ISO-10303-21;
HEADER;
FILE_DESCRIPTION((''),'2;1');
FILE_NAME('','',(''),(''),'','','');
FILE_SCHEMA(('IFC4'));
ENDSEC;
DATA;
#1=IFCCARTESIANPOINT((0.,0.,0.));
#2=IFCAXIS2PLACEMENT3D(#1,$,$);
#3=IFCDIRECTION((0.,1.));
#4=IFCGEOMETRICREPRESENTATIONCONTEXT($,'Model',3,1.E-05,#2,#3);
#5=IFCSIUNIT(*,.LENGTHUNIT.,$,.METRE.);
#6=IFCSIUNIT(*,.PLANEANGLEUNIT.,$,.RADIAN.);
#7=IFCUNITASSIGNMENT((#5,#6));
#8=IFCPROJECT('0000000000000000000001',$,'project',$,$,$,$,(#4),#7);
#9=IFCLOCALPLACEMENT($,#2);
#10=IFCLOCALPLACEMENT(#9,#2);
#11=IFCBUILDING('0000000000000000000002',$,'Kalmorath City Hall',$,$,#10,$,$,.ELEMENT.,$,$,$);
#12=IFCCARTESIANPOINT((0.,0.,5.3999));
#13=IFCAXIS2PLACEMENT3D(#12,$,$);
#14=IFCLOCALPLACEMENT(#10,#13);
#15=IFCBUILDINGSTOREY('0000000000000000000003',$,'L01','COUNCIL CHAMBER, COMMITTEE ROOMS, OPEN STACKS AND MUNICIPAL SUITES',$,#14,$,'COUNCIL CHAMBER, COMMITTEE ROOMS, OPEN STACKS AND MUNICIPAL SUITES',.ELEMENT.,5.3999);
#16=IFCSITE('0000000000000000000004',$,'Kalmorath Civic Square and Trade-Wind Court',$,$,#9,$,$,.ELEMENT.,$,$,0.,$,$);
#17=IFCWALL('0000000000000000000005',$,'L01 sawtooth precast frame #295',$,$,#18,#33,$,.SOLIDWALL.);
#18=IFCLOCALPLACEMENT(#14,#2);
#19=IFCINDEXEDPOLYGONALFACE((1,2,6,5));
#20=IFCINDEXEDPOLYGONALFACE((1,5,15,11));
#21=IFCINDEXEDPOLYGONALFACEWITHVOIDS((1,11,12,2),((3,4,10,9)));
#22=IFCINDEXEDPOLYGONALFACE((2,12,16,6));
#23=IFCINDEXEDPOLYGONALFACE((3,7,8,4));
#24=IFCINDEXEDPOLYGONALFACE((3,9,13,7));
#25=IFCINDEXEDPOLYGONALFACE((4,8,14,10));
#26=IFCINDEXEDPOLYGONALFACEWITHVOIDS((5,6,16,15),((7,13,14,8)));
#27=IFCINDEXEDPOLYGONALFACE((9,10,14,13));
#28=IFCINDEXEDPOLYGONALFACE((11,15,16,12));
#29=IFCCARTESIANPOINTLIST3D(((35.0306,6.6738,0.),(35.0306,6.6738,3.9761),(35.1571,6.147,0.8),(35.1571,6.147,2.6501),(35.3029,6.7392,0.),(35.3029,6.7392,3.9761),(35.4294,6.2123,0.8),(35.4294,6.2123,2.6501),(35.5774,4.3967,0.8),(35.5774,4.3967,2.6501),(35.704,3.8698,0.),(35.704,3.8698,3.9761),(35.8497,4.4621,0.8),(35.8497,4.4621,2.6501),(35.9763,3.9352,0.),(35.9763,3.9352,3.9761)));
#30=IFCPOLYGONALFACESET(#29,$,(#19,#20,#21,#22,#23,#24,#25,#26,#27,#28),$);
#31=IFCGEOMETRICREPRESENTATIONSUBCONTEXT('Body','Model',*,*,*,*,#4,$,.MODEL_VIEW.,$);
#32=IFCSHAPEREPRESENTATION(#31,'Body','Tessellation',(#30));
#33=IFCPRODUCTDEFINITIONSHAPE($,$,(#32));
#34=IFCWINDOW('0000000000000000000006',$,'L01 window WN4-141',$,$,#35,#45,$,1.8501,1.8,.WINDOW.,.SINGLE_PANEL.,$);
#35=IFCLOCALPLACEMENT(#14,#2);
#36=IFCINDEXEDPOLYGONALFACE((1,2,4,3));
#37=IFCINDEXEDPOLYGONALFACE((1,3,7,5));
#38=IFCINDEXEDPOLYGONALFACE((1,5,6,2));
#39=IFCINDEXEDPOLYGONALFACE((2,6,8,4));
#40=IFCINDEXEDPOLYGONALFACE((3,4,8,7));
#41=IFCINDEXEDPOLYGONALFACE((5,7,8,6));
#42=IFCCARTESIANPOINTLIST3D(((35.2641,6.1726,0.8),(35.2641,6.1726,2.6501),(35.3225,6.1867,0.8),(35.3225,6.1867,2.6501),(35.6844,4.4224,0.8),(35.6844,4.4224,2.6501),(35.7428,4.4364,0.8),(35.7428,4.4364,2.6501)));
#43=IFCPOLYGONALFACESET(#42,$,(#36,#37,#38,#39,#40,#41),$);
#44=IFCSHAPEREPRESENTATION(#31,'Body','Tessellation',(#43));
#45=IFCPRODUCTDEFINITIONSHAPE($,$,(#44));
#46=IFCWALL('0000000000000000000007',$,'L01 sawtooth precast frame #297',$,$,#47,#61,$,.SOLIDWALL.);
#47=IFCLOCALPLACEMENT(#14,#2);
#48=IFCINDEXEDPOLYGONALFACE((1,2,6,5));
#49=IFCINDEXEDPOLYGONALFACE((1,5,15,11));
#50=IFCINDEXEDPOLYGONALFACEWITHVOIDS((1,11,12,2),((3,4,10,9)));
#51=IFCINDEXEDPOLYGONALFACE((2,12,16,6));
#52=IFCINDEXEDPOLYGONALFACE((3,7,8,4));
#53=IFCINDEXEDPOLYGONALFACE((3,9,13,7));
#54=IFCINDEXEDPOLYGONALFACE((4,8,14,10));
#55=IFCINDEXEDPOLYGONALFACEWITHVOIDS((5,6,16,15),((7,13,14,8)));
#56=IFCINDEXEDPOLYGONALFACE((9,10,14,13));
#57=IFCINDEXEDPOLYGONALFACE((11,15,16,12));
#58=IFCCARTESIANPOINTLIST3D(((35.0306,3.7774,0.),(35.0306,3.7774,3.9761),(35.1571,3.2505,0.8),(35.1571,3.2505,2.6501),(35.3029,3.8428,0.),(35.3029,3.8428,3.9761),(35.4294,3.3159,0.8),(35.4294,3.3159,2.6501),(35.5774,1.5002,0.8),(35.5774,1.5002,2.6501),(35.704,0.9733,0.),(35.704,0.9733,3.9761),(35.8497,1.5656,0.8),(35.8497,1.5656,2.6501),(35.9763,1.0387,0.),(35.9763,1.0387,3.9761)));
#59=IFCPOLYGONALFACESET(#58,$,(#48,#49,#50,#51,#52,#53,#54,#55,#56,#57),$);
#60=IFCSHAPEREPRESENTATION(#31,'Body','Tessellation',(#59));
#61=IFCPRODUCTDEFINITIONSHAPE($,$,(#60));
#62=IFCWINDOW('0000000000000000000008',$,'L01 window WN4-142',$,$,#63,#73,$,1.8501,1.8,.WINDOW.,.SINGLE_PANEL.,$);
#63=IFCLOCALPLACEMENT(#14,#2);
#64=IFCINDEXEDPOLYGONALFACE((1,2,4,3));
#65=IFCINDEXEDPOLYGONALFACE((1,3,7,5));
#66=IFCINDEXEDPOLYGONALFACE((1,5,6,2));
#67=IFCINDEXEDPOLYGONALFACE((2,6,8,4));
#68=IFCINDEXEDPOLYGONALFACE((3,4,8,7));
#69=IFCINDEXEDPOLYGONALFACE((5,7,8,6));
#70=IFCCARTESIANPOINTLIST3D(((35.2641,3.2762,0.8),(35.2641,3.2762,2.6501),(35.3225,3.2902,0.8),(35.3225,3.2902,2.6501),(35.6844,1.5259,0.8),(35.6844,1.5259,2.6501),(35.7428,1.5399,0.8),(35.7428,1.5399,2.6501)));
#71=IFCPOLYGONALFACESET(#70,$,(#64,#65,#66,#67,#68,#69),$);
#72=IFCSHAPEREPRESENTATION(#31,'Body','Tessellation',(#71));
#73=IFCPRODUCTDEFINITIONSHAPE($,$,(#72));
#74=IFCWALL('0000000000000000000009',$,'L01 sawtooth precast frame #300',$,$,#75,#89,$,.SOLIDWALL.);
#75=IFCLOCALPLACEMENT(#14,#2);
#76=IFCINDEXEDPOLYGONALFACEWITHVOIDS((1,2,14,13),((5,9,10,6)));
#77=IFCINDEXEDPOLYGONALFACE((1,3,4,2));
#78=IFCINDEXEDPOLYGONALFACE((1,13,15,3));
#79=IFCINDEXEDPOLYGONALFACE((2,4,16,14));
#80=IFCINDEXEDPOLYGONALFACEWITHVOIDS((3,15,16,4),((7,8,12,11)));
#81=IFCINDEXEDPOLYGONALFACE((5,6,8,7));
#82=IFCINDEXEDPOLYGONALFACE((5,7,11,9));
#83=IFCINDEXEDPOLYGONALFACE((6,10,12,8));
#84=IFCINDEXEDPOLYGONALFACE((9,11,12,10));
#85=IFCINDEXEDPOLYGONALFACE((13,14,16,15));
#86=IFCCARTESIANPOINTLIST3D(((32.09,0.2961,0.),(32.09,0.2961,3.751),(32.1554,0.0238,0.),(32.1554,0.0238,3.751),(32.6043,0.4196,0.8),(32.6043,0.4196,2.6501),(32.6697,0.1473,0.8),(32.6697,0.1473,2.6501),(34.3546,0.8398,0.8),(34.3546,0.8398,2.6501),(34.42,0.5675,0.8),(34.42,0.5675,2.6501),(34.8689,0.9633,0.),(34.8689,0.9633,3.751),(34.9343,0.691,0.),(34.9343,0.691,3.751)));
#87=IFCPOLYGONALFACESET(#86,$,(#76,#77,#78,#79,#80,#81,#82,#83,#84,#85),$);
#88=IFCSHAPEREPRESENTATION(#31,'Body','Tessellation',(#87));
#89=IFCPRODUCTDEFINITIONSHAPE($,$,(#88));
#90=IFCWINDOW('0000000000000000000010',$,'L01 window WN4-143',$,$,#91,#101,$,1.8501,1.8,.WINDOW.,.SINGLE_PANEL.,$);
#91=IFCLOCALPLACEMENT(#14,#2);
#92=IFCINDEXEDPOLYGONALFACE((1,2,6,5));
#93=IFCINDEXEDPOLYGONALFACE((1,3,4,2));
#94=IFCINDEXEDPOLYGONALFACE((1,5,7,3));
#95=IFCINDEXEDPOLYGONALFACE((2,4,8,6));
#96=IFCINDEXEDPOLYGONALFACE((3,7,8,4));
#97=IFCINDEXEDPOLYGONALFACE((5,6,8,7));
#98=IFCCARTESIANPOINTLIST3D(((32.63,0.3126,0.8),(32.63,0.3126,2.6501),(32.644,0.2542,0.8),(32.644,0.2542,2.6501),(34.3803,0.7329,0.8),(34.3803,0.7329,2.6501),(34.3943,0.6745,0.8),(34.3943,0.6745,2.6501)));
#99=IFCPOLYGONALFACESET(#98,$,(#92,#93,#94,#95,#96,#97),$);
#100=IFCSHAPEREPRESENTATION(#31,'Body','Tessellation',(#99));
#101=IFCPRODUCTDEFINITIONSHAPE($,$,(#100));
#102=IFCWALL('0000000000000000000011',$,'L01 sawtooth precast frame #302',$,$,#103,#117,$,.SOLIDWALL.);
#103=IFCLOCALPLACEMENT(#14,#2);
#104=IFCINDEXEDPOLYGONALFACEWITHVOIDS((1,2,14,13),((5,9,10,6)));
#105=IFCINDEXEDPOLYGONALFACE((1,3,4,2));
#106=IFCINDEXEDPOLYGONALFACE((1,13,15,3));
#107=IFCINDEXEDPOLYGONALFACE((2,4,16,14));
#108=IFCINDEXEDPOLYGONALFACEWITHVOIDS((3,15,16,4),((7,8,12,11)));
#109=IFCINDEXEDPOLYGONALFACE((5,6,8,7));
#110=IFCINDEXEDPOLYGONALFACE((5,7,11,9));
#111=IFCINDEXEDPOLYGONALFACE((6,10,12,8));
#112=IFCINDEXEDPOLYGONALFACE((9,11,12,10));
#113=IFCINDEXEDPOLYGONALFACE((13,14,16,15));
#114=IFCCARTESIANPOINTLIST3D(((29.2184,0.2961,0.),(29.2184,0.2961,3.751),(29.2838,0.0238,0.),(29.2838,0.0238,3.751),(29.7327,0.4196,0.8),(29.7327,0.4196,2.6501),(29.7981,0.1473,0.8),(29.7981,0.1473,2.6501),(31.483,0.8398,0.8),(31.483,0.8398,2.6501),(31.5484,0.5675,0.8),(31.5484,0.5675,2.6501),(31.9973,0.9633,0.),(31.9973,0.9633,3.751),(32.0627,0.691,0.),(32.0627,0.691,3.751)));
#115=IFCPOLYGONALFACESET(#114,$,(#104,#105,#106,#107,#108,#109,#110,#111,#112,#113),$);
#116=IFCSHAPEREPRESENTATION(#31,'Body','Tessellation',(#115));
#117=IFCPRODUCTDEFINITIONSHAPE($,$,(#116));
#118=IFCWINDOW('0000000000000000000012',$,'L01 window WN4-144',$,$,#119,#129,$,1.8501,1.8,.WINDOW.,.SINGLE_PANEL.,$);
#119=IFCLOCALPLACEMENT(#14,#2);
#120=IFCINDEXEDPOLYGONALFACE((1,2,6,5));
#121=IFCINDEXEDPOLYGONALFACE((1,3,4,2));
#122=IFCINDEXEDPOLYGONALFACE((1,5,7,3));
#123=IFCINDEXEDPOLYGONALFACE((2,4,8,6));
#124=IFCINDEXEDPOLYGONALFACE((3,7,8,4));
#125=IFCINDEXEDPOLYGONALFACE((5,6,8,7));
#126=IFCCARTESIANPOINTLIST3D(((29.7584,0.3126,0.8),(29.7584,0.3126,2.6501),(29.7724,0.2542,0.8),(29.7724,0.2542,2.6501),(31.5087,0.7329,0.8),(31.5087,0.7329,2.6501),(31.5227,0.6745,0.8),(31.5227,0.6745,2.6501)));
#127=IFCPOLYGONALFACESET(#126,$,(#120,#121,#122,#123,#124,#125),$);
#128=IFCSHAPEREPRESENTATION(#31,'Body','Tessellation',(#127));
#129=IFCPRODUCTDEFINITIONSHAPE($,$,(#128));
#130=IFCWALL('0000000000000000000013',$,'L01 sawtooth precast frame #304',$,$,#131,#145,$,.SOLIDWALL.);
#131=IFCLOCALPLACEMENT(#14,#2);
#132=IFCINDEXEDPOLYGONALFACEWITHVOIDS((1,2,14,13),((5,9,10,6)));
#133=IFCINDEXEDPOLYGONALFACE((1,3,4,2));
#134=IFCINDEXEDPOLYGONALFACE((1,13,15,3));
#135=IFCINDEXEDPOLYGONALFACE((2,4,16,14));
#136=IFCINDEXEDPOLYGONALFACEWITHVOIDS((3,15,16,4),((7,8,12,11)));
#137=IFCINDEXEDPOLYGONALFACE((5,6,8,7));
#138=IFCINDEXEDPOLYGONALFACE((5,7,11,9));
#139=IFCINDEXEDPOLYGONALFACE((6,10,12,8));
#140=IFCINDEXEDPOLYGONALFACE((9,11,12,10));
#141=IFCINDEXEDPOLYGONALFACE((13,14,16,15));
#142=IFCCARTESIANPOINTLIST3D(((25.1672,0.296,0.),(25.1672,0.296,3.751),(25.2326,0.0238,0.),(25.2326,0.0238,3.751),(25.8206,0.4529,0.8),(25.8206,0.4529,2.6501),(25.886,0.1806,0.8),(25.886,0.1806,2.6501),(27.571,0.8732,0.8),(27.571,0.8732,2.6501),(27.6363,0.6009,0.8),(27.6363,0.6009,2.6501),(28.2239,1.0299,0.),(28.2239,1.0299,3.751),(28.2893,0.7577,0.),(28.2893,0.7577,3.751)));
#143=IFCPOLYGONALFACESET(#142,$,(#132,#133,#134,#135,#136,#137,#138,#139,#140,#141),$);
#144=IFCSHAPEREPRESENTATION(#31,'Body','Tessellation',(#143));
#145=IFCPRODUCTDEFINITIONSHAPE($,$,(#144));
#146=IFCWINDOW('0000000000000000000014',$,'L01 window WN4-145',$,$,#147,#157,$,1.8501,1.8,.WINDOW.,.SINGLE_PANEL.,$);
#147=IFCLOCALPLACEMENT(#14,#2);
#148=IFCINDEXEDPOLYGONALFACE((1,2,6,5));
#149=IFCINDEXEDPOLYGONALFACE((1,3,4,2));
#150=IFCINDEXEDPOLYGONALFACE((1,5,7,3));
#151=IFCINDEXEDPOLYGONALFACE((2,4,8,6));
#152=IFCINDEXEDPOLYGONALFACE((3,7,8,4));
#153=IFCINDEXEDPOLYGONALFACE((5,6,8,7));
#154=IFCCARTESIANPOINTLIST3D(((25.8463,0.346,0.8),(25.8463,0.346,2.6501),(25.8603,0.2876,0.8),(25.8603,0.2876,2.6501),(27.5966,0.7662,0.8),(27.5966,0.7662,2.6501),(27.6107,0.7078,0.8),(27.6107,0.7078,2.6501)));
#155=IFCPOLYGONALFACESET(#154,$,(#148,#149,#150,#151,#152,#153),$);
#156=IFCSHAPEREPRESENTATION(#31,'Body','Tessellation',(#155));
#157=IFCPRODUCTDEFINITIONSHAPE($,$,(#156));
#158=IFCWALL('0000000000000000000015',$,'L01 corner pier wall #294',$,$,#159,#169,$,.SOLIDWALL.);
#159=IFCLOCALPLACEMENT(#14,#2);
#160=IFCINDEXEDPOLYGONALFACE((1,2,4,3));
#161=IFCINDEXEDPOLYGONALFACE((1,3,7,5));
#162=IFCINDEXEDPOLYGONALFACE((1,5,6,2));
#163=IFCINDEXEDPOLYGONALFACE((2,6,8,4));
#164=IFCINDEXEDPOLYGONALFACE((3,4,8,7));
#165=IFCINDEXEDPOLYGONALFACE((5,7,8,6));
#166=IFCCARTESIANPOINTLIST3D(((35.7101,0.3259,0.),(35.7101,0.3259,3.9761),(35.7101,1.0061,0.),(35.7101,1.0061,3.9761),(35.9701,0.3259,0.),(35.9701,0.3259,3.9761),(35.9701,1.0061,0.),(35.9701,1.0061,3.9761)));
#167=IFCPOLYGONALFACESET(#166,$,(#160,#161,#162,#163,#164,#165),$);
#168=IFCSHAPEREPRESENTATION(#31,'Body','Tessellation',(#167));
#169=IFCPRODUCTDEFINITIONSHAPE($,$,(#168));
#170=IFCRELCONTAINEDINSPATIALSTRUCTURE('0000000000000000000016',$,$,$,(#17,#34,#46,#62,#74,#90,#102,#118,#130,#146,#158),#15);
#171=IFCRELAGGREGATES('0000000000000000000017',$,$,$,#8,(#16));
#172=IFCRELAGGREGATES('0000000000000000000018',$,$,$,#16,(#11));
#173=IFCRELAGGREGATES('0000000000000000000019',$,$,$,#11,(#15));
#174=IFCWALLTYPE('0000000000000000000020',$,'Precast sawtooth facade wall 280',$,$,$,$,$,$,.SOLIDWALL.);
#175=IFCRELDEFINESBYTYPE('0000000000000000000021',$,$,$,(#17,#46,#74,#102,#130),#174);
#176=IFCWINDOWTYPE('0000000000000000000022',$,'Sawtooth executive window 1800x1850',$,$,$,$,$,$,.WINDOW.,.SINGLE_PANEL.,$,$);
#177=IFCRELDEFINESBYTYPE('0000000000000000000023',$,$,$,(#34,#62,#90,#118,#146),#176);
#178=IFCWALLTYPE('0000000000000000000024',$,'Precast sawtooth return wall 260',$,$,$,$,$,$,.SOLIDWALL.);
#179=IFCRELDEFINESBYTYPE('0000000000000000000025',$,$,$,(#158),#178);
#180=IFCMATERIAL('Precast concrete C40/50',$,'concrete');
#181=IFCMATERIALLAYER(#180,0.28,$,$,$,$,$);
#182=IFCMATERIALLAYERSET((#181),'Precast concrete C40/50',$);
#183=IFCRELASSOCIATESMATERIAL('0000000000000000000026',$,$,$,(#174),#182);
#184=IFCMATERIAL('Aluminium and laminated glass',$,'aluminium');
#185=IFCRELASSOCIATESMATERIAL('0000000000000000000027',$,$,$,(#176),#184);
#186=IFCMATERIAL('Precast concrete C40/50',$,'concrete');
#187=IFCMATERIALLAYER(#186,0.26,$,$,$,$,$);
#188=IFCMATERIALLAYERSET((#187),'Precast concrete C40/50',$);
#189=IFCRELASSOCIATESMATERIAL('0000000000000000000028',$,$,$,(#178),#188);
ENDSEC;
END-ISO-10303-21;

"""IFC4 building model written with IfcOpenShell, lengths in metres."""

from ifc_helpers import new_model, si_unit, direction, frame, frame_2d, origin, place, context, subcontext, project, spatial, rectangle, extrude, material, layer, layer_set, type_object, element, fill, save


model = new_model("IFC4")

# Units and contexts
model_context = context("Model", 3, precision=1e-05, world=origin(), true_north=direction((0.0, 1.0)))
body_context = subcontext(model_context, "Body", "Model", "MODEL_VIEW")
ifc_project = project(units=[si_unit("LENGTHUNIT", "METRE"), si_unit("PLANEANGLEUNIT", "RADIAN")], contexts=[model_context])

# Site, building, storey
site_placement = place(None, origin())
site = spatial("IfcSite", under=ifc_project, at=site_placement, Name="Kalmorath Civic Square and Trade-Wind Court", CompositionType="ELEMENT", RefElevation=0.0)
building_placement = place(site_placement, origin())
building = spatial("IfcBuilding", under=site, at=building_placement, Name="Kalmorath City Hall", CompositionType="ELEMENT")
storey_placement = place(building_placement, frame((0.0, 0.0, 5.3999)))
storey = spatial("IfcBuildingStorey", under=building, at=storey_placement, Name="L01", Description="COUNCIL CHAMBER, COMMITTEE ROOMS, OPEN STACKS AND MUNICIPAL SUITES", LongName="COUNCIL CHAMBER, COMMITTEE ROOMS, OPEN STACKS AND MUNICIPAL SUITES", CompositionType="ELEMENT", Elevation=5.3999)

# Walls, openings, windows
ifc_material_1 = material(Name="Precast concrete C40/50", Category="concrete")
ifc_layer_1 = layer(ifc_material_1, 0.28)
ifc_layer_set_1 = layer_set([ifc_layer_1], Name="Precast concrete C40/50")
wall_type_1 = type_object("IfcWallType", Name="Precast sawtooth facade wall 280", PredefinedType="SOLIDWALL", material=ifc_layer_set_1)
wall_1_placement = place(storey_placement, frame((35.1667, 6.7065, 0.0), z_axis=(0.0, 0.0, 1.0), x_axis=(0.233501, -0.972357, 0.0)))
wall_1 = element("IfcWall", 1, at=wall_1_placement, inside=storey, type_object=wall_type_1, Name="L01 sawtooth precast frame #295", PredefinedType="SOLIDWALL", context=body_context, shape_type="SweptSolid", body=[
    extrude(rectangle(XDim=2.8838, YDim=0.28, at=frame_2d((1.4419, 0.0))), origin(), (0.0, 0.0, 1.0), 3.9761),
])
opening_1_placement = place(wall_1_placement, frame((0.542, 0.0, 0.8)))
opening_1 = element("IfcOpeningElement", 2, at=opening_1_placement, cuts=wall_1, PredefinedType="OPENING", context=body_context, shape_type="SweptSolid", body=[
    extrude(rectangle(XDim=1.8, YDim=1.8501, at=frame_2d((0.8999, 0.925))), frame((0.0, 0.1499, 0.0), z_axis=(0.0, -1.0, 0.0), x_axis=(1.0, 0.0, 0.0)), (0.0, 0.0, 1.0), 0.3),
])
ifc_material_2 = material(Name="Aluminium and laminated glass", Category="aluminium")
window_type = type_object("IfcWindowType", Name="Sawtooth executive window 1800x1850", PartitioningType="SINGLE_PANEL", PredefinedType="WINDOW", material=ifc_material_2)
window_1_placement = place(opening_1_placement, origin())
window_1 = element("IfcWindow", 3, at=window_1_placement, inside=storey, type_object=window_type, Name="L01 window WN4-141", OverallHeight=1.8501, OverallWidth=1.8, PartitioningType="SINGLE_PANEL", PredefinedType="WINDOW", context=body_context, shape_type="SweptSolid", body=[
    extrude(rectangle(XDim=1.8, YDim=1.8501, at=frame_2d((0.8999, 0.925))), frame((0.0, 0.03, 0.0), z_axis=(0.0, -1.0, 0.0), x_axis=(1.0, 0.0, 0.0)), (0.0, 0.0, 1.0), 0.0601),
])
fill(opening_1, window_1)
wall_2_placement = place(storey_placement, frame((35.1667, 3.8101, 0.0), z_axis=(0.0, 0.0, 1.0), x_axis=(0.233501, -0.972357, 0.0)))
wall_2 = element("IfcWall", 4, at=wall_2_placement, inside=storey, type_object=wall_type_1, Name="L01 sawtooth precast frame #297", PredefinedType="SOLIDWALL", context=body_context, shape_type="SweptSolid", body=[
    extrude(rectangle(XDim=2.8838, YDim=0.28, at=frame_2d((1.4419, 0.0))), origin(), (0.0, 0.0, 1.0), 3.9761),
])
opening_2_placement = place(wall_2_placement, frame((0.542, 0.0, 0.8)))
opening_2 = element("IfcOpeningElement", 5, at=opening_2_placement, cuts=wall_2, PredefinedType="OPENING", context=body_context, shape_type="SweptSolid", body=[
    extrude(rectangle(XDim=1.8, YDim=1.8501, at=frame_2d((0.8999, 0.925))), frame((0.0, 0.1499, 0.0), z_axis=(0.0, -1.0, 0.0), x_axis=(1.0, 0.0, 0.0)), (0.0, 0.0, 1.0), 0.3),
])
window_2_placement = place(opening_2_placement, origin())
window_2 = element("IfcWindow", 6, at=window_2_placement, inside=storey, type_object=window_type, Name="L01 window WN4-142", OverallHeight=1.8501, OverallWidth=1.8, PartitioningType="SINGLE_PANEL", PredefinedType="WINDOW", context=body_context, shape_type="SweptSolid", body=[
    extrude(rectangle(XDim=1.8, YDim=1.8501, at=frame_2d((0.8999, 0.925))), frame((0.0, 0.03, 0.0), z_axis=(0.0, -1.0, 0.0), x_axis=(1.0, 0.0, 0.0)), (0.0, 0.0, 1.0), 0.0601),
])
fill(opening_2, window_2)
wall_3_placement = place(storey_placement, frame((34.9016, 0.8271, 0.0), z_axis=(0.0, 0.0, 1.0), x_axis=(-0.972366, -0.23346, 0.0)))
wall_3 = element("IfcWall", 7, at=wall_3_placement, inside=storey, type_object=wall_type_1, Name="L01 sawtooth precast frame #300", PredefinedType="SOLIDWALL", context=body_context, shape_type="SweptSolid", body=[
    extrude(rectangle(XDim=2.8579, YDim=0.28, at=frame_2d((1.429, 0.0))), origin(), (0.0, 0.0, 1.0), 3.751),
])
opening_3_placement = place(wall_3_placement, frame((0.5291, 0.0, 0.8)))
opening_3 = element("IfcOpeningElement", 8, at=opening_3_placement, cuts=wall_3, PredefinedType="OPENING", context=body_context, shape_type="SweptSolid", body=[
    extrude(rectangle(XDim=1.8, YDim=1.8501, at=frame_2d((0.8999, 0.925))), frame((0.0, 0.1499, 0.0), z_axis=(0.0, -1.0, 0.0), x_axis=(1.0, 0.0, 0.0)), (0.0, 0.0, 1.0), 0.3),
])
window_3_placement = place(opening_3_placement, origin())
window_3 = element("IfcWindow", 9, at=window_3_placement, inside=storey, type_object=window_type, Name="L01 window WN4-143", OverallHeight=1.8501, OverallWidth=1.8, PartitioningType="SINGLE_PANEL", PredefinedType="WINDOW", context=body_context, shape_type="SweptSolid", body=[
    extrude(rectangle(XDim=1.8, YDim=1.8501, at=frame_2d((0.8999, 0.925))), frame((0.0, 0.03, 0.0), z_axis=(0.0, -1.0, 0.0), x_axis=(1.0, 0.0, 0.0)), (0.0, 0.0, 1.0), 0.0601),
])
fill(opening_3, window_3)
wall_4_placement = place(storey_placement, frame((32.03, 0.8271, 0.0), z_axis=(0.0, 0.0, 1.0), x_axis=(-0.972366, -0.23346, 0.0)))
wall_4 = element("IfcWall", 10, at=wall_4_placement, inside=storey, type_object=wall_type_1, Name="L01 sawtooth precast frame #302", PredefinedType="SOLIDWALL", context=body_context, shape_type="SweptSolid", body=[
    extrude(rectangle(XDim=2.8579, YDim=0.28, at=frame_2d((1.429, 0.0))), origin(), (0.0, 0.0, 1.0), 3.751),
])
opening_4_placement = place(wall_4_placement, frame((0.5291, 0.0, 0.8)))
opening_4 = element("IfcOpeningElement", 11, at=opening_4_placement, cuts=wall_4, PredefinedType="OPENING", context=body_context, shape_type="SweptSolid", body=[
    extrude(rectangle(XDim=1.8, YDim=1.8501, at=frame_2d((0.8999, 0.925))), frame((0.0, 0.1499, 0.0), z_axis=(0.0, -1.0, 0.0), x_axis=(1.0, 0.0, 0.0)), (0.0, 0.0, 1.0), 0.3),
])
window_4_placement = place(opening_4_placement, origin())
window_4 = element("IfcWindow", 12, at=window_4_placement, inside=storey, type_object=window_type, Name="L01 window WN4-144", OverallHeight=1.8501, OverallWidth=1.8, PartitioningType="SINGLE_PANEL", PredefinedType="WINDOW", context=body_context, shape_type="SweptSolid", body=[
    extrude(rectangle(XDim=1.8, YDim=1.8501, at=frame_2d((0.8999, 0.925))), frame((0.0, 0.03, 0.0), z_axis=(0.0, -1.0, 0.0), x_axis=(1.0, 0.0, 0.0)), (0.0, 0.0, 1.0), 0.0601),
])
fill(opening_4, window_4)
wall_5_placement = place(storey_placement, frame((28.2566, 0.8938, 0.0), z_axis=(0.0, 0.0, 1.0), x_axis=(-0.972366, -0.233461, 0.0)))
wall_5 = element("IfcWall", 13, at=wall_5_placement, inside=storey, type_object=wall_type_1, Name="L01 sawtooth precast frame #304", PredefinedType="SOLIDWALL", context=body_context, shape_type="SweptSolid", body=[
    extrude(rectangle(XDim=3.1436, YDim=0.28, at=frame_2d((1.5718, 0.0))), origin(), (0.0, 0.0, 1.0), 3.751),
])
opening_5_placement = place(wall_5_placement, frame((0.6716, 0.0, 0.8)))
opening_5 = element("IfcOpeningElement", 14, at=opening_5_placement, cuts=wall_5, PredefinedType="OPENING", context=body_context, shape_type="SweptSolid", body=[
    extrude(rectangle(XDim=1.8, YDim=1.8501, at=frame_2d((0.8999, 0.925))), frame((0.0, 0.1499, 0.0), z_axis=(0.0, -1.0, 0.0), x_axis=(1.0, 0.0, 0.0)), (0.0, 0.0, 1.0), 0.3),
])
window_5_placement = place(opening_5_placement, origin())
window_5 = element("IfcWindow", 15, at=window_5_placement, inside=storey, type_object=window_type, Name="L01 window WN4-145", OverallHeight=1.8501, OverallWidth=1.8, PartitioningType="SINGLE_PANEL", PredefinedType="WINDOW", context=body_context, shape_type="SweptSolid", body=[
    extrude(rectangle(XDim=1.8, YDim=1.8501, at=frame_2d((0.8999, 0.925))), frame((0.0, 0.03, 0.0), z_axis=(0.0, -1.0, 0.0), x_axis=(1.0, 0.0, 0.0)), (0.0, 0.0, 1.0), 0.0601),
])
fill(opening_5, window_5)

# Wall
ifc_material_3 = material(Name="Precast concrete C40/50", Category="concrete")
ifc_layer_2 = layer(ifc_material_3, 0.26)
ifc_layer_set_2 = layer_set([ifc_layer_2], Name="Precast concrete C40/50")
wall_type_2 = type_object("IfcWallType", Name="Precast sawtooth return wall 260", PredefinedType="SOLIDWALL", material=ifc_layer_set_2)
wall_6_placement = place(storey_placement, frame((35.8401, 1.0061, 0.0), z_axis=(0.0, 0.0, 1.0), x_axis=(0.0, -1.0, 0.0)))
element("IfcWall", 16, at=wall_6_placement, inside=storey, type_object=wall_type_2, Name="L01 corner pier wall #294", PredefinedType="SOLIDWALL", context=body_context, shape_type="SweptSolid", body=[
    extrude(rectangle(XDim=0.6802, YDim=0.26, at=frame_2d((0.3401, 0.0))), origin(), (0.0, 0.0, 1.0), 3.9761),
])

save(model, "model.ifc")
